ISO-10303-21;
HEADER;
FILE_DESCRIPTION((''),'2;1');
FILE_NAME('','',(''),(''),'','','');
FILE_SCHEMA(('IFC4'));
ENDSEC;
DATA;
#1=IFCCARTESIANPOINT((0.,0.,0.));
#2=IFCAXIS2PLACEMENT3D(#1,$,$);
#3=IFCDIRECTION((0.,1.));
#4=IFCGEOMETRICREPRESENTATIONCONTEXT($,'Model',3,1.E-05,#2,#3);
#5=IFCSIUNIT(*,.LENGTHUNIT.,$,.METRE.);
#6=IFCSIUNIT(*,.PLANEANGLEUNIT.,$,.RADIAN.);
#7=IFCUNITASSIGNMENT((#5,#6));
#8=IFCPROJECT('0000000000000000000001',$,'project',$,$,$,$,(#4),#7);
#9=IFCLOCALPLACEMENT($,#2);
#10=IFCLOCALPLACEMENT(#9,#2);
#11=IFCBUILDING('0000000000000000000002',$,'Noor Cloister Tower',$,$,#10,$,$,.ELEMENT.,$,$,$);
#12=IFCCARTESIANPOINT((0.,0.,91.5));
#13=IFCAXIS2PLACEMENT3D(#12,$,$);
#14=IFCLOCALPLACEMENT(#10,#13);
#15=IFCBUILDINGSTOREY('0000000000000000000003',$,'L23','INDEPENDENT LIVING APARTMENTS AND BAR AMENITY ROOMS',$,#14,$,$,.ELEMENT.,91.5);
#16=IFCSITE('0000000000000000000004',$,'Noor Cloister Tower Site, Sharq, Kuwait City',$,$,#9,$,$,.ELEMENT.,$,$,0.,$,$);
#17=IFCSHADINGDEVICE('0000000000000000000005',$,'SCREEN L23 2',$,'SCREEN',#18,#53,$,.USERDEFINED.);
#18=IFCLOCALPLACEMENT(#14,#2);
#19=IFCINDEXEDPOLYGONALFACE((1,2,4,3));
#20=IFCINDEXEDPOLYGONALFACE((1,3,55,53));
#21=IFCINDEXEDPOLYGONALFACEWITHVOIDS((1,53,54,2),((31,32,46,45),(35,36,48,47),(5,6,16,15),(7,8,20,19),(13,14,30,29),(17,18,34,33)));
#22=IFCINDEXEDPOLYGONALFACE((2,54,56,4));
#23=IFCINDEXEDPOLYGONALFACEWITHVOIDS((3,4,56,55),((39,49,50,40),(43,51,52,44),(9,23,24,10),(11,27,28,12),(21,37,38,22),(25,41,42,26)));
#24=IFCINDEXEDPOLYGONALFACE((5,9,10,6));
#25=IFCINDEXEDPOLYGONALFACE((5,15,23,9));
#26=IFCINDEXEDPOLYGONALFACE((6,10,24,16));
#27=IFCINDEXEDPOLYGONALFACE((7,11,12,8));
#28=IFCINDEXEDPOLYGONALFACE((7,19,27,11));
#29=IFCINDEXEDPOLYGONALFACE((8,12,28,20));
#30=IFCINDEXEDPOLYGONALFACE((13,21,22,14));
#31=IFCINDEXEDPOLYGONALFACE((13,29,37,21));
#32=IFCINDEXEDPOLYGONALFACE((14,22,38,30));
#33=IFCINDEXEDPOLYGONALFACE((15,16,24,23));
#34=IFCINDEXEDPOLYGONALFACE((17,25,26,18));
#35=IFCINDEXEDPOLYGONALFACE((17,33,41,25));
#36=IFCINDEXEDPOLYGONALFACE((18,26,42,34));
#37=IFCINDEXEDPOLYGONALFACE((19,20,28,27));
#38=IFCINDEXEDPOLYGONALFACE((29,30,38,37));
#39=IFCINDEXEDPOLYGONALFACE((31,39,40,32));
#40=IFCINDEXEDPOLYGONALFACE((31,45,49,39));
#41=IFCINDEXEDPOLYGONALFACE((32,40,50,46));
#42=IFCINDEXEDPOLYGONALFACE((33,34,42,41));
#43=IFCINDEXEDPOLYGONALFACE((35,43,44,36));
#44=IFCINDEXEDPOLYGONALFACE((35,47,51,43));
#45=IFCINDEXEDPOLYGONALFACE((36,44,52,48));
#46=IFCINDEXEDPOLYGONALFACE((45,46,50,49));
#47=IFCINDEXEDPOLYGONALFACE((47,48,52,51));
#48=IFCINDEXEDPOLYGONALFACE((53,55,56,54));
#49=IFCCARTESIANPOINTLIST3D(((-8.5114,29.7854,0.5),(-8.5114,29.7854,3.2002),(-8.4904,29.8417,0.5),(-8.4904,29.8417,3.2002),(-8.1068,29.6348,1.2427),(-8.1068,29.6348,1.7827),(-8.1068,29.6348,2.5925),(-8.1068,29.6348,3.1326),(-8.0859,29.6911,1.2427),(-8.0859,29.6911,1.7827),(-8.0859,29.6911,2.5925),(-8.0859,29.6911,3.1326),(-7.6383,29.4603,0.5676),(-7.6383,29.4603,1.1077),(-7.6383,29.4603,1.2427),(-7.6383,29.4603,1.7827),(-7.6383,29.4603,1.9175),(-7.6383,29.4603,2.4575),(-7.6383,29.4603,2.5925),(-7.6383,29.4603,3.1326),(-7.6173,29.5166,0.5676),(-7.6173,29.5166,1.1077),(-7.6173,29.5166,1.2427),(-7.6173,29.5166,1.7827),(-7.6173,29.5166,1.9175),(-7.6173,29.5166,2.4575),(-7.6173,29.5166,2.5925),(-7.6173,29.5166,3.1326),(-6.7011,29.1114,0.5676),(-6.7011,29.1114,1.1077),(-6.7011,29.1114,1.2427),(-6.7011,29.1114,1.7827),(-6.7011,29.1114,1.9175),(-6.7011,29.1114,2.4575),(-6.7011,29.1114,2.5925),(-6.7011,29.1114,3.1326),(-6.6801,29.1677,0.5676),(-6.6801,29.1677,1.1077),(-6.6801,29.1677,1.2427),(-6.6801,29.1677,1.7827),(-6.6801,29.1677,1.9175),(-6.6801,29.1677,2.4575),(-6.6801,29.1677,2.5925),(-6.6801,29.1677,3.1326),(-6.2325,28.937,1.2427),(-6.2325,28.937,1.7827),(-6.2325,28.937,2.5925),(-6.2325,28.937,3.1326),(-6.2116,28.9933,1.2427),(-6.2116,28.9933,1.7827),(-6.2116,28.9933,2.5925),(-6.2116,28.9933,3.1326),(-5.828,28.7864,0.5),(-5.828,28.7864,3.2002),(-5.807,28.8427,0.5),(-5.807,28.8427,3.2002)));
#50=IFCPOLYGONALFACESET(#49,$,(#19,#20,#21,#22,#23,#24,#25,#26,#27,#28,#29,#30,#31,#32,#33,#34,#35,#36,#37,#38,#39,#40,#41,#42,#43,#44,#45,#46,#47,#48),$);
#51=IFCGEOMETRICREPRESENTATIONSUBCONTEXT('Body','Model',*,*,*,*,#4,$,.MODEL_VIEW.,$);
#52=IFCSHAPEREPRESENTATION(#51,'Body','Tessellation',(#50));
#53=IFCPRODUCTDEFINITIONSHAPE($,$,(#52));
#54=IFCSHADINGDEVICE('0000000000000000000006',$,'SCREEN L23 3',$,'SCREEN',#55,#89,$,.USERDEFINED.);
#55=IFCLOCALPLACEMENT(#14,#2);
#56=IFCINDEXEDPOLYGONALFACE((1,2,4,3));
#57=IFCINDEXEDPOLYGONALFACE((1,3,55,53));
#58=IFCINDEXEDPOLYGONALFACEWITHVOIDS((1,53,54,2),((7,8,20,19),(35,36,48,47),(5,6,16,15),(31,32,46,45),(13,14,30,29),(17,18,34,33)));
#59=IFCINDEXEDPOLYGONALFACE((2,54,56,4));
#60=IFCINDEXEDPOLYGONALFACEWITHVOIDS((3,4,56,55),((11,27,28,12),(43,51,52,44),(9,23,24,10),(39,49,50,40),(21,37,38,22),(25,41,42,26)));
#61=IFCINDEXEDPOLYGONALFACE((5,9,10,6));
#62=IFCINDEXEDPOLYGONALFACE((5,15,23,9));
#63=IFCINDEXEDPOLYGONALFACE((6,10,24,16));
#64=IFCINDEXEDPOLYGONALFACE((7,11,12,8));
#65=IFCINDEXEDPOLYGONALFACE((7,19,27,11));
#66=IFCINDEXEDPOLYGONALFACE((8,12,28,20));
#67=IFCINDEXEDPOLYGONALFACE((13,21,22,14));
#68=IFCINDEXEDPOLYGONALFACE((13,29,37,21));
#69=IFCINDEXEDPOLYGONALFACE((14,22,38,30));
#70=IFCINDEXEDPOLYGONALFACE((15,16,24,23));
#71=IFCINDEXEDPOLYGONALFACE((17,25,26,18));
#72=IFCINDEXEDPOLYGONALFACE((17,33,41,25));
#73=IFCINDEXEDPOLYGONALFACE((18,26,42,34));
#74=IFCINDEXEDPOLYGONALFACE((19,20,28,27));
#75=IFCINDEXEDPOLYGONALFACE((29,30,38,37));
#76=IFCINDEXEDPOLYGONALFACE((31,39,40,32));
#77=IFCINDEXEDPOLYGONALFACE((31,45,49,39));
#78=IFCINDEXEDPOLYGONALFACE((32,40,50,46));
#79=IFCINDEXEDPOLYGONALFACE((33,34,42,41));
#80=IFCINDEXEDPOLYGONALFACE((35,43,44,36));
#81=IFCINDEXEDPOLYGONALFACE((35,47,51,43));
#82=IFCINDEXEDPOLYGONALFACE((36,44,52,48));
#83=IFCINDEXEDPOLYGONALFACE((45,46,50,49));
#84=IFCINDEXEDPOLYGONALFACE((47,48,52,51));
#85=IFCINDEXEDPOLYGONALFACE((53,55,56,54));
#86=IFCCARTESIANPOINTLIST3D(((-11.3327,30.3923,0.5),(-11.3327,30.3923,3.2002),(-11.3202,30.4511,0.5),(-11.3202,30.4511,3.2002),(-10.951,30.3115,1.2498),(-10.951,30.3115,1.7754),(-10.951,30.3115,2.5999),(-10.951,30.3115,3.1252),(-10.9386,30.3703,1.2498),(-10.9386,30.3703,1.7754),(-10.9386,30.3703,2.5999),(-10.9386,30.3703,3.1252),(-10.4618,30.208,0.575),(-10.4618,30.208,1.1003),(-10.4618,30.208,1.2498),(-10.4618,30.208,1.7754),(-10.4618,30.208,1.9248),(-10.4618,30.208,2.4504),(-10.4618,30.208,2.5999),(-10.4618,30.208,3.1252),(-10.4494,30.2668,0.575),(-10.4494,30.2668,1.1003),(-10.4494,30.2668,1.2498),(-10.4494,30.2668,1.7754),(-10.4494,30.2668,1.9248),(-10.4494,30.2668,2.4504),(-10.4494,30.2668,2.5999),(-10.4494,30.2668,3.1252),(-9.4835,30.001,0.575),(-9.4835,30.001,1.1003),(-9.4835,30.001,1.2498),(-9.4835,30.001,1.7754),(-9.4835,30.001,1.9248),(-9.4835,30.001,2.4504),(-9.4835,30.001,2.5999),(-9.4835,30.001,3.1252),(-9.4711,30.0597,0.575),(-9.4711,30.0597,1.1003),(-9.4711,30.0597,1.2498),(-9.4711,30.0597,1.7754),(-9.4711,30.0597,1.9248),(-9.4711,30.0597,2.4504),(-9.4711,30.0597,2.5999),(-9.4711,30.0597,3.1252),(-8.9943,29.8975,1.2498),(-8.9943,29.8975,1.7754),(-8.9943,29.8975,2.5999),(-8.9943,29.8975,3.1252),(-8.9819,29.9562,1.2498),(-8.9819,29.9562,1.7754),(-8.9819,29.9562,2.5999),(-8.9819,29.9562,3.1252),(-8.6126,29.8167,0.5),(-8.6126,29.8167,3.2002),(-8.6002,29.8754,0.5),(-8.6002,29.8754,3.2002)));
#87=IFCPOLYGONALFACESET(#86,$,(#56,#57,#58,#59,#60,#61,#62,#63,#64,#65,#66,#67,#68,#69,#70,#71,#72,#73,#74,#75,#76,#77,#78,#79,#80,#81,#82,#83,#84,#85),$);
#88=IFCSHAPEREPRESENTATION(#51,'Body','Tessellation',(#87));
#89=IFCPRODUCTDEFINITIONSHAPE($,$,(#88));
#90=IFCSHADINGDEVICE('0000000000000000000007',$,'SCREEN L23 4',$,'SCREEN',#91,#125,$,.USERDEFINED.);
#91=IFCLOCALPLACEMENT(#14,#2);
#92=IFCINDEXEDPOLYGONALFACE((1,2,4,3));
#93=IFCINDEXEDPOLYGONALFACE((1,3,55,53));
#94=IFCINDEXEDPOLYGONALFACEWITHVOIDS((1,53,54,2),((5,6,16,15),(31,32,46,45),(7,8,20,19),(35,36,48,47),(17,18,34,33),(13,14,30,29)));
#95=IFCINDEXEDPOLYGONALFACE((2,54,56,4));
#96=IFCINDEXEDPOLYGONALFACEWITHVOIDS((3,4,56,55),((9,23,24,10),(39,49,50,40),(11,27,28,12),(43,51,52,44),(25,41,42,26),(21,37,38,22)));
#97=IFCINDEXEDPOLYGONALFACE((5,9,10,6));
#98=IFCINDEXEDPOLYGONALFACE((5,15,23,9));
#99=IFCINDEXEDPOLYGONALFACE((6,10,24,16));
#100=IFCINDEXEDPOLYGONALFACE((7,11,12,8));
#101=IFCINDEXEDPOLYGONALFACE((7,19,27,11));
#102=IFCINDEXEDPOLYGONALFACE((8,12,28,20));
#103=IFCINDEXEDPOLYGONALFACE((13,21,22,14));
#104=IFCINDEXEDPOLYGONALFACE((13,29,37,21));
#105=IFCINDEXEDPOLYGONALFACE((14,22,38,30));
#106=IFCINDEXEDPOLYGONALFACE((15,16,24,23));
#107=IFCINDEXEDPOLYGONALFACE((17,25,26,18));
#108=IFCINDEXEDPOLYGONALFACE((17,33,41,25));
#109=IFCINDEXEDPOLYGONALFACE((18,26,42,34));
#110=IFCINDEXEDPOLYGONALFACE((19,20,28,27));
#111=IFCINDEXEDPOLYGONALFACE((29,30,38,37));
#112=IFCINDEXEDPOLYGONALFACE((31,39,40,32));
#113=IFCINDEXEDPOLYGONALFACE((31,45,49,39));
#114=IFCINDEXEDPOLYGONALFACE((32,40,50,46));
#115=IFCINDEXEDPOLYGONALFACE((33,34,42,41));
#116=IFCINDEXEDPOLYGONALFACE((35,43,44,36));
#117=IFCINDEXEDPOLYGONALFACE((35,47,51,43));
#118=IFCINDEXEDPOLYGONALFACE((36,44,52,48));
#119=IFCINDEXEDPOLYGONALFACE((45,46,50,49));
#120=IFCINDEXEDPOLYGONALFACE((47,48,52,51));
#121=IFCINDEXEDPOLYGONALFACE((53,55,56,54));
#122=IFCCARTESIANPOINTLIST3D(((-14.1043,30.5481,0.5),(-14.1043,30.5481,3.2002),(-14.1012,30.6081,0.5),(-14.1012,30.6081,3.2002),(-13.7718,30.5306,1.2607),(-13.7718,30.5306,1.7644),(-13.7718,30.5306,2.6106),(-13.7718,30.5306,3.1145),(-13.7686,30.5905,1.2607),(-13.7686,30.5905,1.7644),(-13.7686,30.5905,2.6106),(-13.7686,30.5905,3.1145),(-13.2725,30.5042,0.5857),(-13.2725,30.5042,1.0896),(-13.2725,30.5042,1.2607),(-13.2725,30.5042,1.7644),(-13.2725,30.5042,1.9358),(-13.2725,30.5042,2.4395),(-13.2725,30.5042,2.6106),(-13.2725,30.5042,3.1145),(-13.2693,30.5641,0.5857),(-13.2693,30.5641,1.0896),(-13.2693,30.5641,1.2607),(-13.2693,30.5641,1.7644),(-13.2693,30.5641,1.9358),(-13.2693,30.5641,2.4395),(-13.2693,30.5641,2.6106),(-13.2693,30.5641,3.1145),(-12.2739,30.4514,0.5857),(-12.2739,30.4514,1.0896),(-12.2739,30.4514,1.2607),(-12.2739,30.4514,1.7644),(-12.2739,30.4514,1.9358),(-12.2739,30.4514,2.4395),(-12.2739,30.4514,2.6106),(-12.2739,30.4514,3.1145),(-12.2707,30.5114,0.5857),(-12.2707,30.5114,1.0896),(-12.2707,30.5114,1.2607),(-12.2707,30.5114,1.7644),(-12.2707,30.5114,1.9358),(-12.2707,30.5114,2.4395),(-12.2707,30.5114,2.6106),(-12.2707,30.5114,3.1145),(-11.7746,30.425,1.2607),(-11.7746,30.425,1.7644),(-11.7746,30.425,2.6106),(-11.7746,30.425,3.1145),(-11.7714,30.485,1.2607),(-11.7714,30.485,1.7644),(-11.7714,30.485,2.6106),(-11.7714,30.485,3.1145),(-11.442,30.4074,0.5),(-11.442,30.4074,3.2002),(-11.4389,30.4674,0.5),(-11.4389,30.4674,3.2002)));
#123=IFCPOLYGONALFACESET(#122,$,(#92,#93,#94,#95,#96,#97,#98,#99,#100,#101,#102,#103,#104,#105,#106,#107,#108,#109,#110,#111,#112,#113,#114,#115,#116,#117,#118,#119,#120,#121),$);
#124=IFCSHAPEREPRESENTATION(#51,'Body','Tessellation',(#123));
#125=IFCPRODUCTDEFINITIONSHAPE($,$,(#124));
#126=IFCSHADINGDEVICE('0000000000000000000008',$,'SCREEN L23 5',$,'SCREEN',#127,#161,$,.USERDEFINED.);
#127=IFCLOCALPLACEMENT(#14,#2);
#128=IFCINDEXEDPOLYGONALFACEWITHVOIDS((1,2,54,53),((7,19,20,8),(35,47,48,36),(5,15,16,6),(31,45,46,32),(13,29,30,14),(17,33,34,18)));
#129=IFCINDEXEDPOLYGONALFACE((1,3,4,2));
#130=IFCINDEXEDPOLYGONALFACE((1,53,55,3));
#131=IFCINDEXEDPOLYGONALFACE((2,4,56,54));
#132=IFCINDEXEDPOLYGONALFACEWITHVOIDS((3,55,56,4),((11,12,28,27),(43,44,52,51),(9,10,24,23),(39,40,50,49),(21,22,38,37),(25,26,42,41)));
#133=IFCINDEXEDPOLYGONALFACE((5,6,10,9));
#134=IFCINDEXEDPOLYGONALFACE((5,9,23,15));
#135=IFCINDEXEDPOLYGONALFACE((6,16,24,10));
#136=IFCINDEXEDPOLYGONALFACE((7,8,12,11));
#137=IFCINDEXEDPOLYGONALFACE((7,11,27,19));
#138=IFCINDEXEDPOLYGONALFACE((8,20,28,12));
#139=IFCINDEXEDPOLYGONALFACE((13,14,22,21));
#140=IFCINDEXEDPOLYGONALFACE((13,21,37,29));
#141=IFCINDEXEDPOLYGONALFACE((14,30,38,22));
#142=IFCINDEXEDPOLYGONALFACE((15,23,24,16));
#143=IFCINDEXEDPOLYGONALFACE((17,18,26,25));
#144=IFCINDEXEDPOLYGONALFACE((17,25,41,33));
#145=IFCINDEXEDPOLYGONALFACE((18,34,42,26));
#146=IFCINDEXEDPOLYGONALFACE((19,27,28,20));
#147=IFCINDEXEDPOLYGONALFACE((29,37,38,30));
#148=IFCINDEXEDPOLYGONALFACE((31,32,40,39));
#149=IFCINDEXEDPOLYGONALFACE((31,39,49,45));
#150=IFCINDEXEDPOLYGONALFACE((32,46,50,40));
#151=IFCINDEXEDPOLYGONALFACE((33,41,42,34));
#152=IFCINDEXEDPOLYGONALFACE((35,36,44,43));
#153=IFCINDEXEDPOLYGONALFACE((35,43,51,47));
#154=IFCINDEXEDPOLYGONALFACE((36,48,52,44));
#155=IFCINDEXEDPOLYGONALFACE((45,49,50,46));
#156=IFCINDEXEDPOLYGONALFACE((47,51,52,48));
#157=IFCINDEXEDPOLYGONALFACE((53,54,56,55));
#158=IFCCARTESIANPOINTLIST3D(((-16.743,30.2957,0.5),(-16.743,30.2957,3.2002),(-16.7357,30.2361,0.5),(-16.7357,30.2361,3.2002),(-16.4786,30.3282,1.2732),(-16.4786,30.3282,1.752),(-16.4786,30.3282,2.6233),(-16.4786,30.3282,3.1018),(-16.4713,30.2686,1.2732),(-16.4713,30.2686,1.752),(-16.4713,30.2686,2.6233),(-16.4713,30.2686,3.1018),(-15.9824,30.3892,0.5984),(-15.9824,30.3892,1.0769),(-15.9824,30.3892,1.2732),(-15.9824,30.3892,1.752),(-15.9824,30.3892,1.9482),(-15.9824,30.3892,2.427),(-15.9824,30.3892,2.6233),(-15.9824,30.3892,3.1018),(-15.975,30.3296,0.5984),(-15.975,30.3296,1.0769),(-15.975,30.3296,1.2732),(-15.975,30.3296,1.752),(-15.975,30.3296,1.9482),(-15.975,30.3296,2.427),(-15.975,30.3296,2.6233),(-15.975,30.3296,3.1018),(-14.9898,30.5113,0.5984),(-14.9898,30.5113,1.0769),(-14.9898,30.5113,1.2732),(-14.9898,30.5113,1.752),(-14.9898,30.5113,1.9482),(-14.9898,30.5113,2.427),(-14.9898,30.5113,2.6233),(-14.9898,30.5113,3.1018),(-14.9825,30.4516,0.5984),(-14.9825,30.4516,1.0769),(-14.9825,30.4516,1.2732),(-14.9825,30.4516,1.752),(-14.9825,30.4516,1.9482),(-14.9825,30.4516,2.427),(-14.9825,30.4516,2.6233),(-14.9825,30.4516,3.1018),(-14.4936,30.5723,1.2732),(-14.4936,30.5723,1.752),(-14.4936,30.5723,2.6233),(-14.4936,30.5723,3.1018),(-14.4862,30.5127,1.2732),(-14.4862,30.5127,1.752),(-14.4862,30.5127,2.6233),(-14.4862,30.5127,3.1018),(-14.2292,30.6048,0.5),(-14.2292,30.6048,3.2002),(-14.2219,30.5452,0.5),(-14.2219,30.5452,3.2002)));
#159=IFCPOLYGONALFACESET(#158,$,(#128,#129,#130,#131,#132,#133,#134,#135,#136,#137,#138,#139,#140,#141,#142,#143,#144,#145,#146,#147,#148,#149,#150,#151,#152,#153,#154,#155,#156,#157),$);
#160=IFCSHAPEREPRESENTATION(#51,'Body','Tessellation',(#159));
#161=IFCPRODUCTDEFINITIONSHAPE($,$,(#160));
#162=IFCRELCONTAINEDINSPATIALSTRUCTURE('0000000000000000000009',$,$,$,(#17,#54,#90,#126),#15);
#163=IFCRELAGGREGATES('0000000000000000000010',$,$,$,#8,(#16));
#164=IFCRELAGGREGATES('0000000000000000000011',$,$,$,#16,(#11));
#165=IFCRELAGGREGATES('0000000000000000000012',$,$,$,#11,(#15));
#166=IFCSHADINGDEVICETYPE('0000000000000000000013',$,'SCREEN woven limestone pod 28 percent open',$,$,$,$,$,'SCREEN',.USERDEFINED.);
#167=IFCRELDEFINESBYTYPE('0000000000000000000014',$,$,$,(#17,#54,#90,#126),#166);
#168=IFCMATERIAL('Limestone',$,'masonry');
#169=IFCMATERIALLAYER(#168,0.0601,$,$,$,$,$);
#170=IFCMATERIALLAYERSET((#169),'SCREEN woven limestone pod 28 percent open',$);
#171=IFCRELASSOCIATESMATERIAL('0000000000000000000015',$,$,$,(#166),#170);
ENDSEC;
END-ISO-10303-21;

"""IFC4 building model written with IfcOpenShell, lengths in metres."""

from ifc_helpers import new_model, si_unit, direction, frame, origin, place, context, subcontext, project, spatial, polyline, outline, extrude, material, layer, layer_set, type_object, element, save


model = new_model("IFC4")

# Units and contexts
model_context = context("Model", 3, precision=1e-05, world=origin(), true_north=direction((0.0, 1.0)))
body_context = subcontext(model_context, "Body", "Model", "MODEL_VIEW")
ifc_project = project(units=[si_unit("LENGTHUNIT", "METRE"), si_unit("PLANEANGLEUNIT", "RADIAN")], contexts=[model_context])

# Site, building, storey
site_placement = place(None, origin())
site = spatial("IfcSite", under=ifc_project, at=site_placement, Name="Noor Cloister Tower Site, Sharq, Kuwait City", CompositionType="ELEMENT", RefElevation=0.0)
building_placement = place(site_placement, origin())
building = spatial("IfcBuilding", under=site, at=building_placement, Name="Noor Cloister Tower", CompositionType="ELEMENT")
storey_placement = place(building_placement, frame((0.0, 0.0, 91.5)))
storey = spatial("IfcBuildingStorey", under=building, at=storey_placement, Name="L23", Description="INDEPENDENT LIVING APARTMENTS AND BAR AMENITY ROOMS", CompositionType="ELEMENT", Elevation=91.5)

# Shading devices
ifc_material_1 = material(Name="Limestone", Category="masonry")
ifc_layer_1 = layer(ifc_material_1, 0.0601)
ifc_layer_set_1 = layer_set([ifc_layer_1], Name="SCREEN woven limestone pod 28 percent open")
shading_device_type = type_object("IfcShadingDeviceType", Name="SCREEN woven limestone pod 28 percent open", ElementType="SCREEN", PredefinedType="USERDEFINED", material=ifc_layer_set_1)
shading_device_1_placement = place(storey_placement, frame((-7.1697, 29.2859, 1.8501), z_axis=(0.348899, 0.93716, 0.0), x_axis=(-0.93716, 0.348899, 0.0)))
element("IfcShadingDevice", 1, at=shading_device_1_placement, inside=storey, type_object=shading_device_type, Name="SCREEN L23 2", ObjectType="SCREEN", PredefinedType="USERDEFINED", context=body_context, shape_type="SweptSolid", body=[
    extrude(outline(polyline([(-1.4316, -1.3501), (1.4316, -1.3501), (1.4316, 1.3501), (-1.4316, 1.3501), (-1.4316, -1.3501)]), holes=[polyline([(-0.5, -1.2825), (0.5, -1.2825), (0.5, -0.7424), (-0.5, -0.7424), (-0.5, -1.2825)]), polyline([(-1.0, -0.6074), (-0.5, -0.6074), (-0.5, -0.0674), (-1.0, -0.0674), (-1.0, -0.6074)]), polyline([(0.5, -0.6074), (1.0, -0.6074), (1.0, -0.0674), (0.5, -0.0674), (0.5, -0.6074)]), polyline([(-0.5, 0.0674), (0.5, 0.0674), (0.5, 0.6074), (-0.5, 0.6074), (-0.5, 0.0674)]), polyline([(-1.0, 0.7424), (-0.5, 0.7424), (-0.5, 1.2825), (-1.0, 1.2825), (-1.0, 0.7424)]), polyline([(0.5, 0.7424), (1.0, 0.7424), (1.0, 1.2825), (0.5, 1.2825), (0.5, 0.7424)])]), origin(), (0.0, 0.0, 1.0), 0.0601),
])
shading_device_2_placement = place(storey_placement, frame((-9.9727, 30.1045, 1.8501), z_axis=(0.207033, 0.978334, 0.0), x_axis=(-0.978334, 0.207033, 0.0)))
element("IfcShadingDevice", 2, at=shading_device_2_placement, inside=storey, type_object=shading_device_type, Name="SCREEN L23 3", ObjectType="SCREEN", PredefinedType="USERDEFINED", context=body_context, shape_type="SweptSolid", body=[
    extrude(outline(polyline([(-1.3901, -1.3501), (1.3901, -1.3501), (1.3901, 1.3501), (-1.3901, 1.3501), (-1.3901, -1.3501)]), holes=[polyline([(-0.5, -1.2751), (0.5, -1.2751), (0.5, -0.7498), (-0.5, -0.7498), (-0.5, -1.2751)]), polyline([(-1.0, -0.6003), (-0.5, -0.6003), (-0.5, -0.0747), (-1.0, -0.0747), (-1.0, -0.6003)]), polyline([(0.5, -0.6003), (1.0, -0.6003), (1.0, -0.0747), (0.5, -0.0747), (0.5, -0.6003)]), polyline([(-0.5, 0.0747), (0.5, 0.0747), (0.5, 0.6003), (-0.5, 0.6003), (-0.5, 0.0747)]), polyline([(-1.0, 0.7498), (-0.5, 0.7498), (-0.5, 1.2751), (-1.0, 1.2751), (-1.0, 0.7498)]), polyline([(0.5, 0.7498), (1.0, 0.7498), (1.0, 1.2751), (0.5, 1.2751), (0.5, 0.7498)])]), origin(), (0.0, 0.0, 1.0), 0.0601),
])
shading_device_3_placement = place(storey_placement, frame((-12.7732, 30.4778, 1.8501), z_axis=(0.052772, 0.998607, 0.0), x_axis=(-0.998607, 0.052772, 0.0)))
element("IfcShadingDevice", 3, at=shading_device_3_placement, inside=storey, type_object=shading_device_type, Name="SCREEN L23 4", ObjectType="SCREEN", PredefinedType="USERDEFINED", context=body_context, shape_type="SweptSolid", body=[
    extrude(outline(polyline([(-1.333, -1.3501), (1.333, -1.3501), (1.333, 1.3501), (-1.333, 1.3501), (-1.333, -1.3501)]), holes=[polyline([(-0.5, -1.2644), (0.5, -1.2644), (0.5, -0.7605), (-0.5, -0.7605), (-0.5, -1.2644)]), polyline([(-1.0, -0.5894), (-0.5, -0.5894), (-0.5, -0.0857), (-1.0, -0.0857), (-1.0, -0.5894)]), polyline([(0.5, -0.5894), (1.0, -0.5894), (1.0, -0.0857), (0.5, -0.0857), (0.5, -0.5894)]), polyline([(-0.5, 0.0857), (0.5, 0.0857), (0.5, 0.5894), (-0.5, 0.5894), (-0.5, 0.0857)]), polyline([(-1.0, 0.7605), (-0.5, 0.7605), (-0.5, 1.2644), (-1.0, 1.2644), (-1.0, 0.7605)]), polyline([(0.5, 0.7605), (1.0, 0.7605), (1.0, 1.2644), (0.5, 1.2644), (0.5, 0.7605)])]), origin(), (0.0, 0.0, 1.0), 0.0601),
])
shading_device_4_placement = place(storey_placement, frame((-15.4788, 30.3906, 1.8501), z_axis=(-0.122032, 0.992526, 0.0), x_axis=(-0.992526, -0.122032, 0.0)))
element("IfcShadingDevice", 4, at=shading_device_4_placement, inside=storey, type_object=shading_device_type, Name="SCREEN L23 5", ObjectType="SCREEN", PredefinedType="USERDEFINED", context=body_context, shape_type="SweptSolid", body=[
    extrude(outline(polyline([(-1.2664, -1.3501), (1.2664, -1.3501), (1.2664, 1.3501), (-1.2664, 1.3501), (-1.2664, -1.3501)]), holes=[polyline([(-0.5, -1.2517), (0.5, -1.2517), (0.5, -0.7732), (-0.5, -0.7732), (-0.5, -1.2517)]), polyline([(-1.0, -0.5769), (-0.5, -0.5769), (-0.5, -0.0981), (-1.0, -0.0981), (-1.0, -0.5769)]), polyline([(0.5, -0.5769), (1.0, -0.5769), (1.0, -0.0981), (0.5, -0.0981), (0.5, -0.5769)]), polyline([(-0.5, 0.0981), (0.5, 0.0981), (0.5, 0.5769), (-0.5, 0.5769), (-0.5, 0.0981)]), polyline([(-1.0, 0.7732), (-0.5, 0.7732), (-0.5, 1.2517), (-1.0, 1.2517), (-1.0, 0.7732)]), polyline([(0.5, 0.7732), (1.0, 0.7732), (1.0, 1.2517), (0.5, 1.2517), (0.5, 0.7732)])]), origin(), (0.0, 0.0, 1.0), 0.0601),
])

save(model, "model.ifc")
